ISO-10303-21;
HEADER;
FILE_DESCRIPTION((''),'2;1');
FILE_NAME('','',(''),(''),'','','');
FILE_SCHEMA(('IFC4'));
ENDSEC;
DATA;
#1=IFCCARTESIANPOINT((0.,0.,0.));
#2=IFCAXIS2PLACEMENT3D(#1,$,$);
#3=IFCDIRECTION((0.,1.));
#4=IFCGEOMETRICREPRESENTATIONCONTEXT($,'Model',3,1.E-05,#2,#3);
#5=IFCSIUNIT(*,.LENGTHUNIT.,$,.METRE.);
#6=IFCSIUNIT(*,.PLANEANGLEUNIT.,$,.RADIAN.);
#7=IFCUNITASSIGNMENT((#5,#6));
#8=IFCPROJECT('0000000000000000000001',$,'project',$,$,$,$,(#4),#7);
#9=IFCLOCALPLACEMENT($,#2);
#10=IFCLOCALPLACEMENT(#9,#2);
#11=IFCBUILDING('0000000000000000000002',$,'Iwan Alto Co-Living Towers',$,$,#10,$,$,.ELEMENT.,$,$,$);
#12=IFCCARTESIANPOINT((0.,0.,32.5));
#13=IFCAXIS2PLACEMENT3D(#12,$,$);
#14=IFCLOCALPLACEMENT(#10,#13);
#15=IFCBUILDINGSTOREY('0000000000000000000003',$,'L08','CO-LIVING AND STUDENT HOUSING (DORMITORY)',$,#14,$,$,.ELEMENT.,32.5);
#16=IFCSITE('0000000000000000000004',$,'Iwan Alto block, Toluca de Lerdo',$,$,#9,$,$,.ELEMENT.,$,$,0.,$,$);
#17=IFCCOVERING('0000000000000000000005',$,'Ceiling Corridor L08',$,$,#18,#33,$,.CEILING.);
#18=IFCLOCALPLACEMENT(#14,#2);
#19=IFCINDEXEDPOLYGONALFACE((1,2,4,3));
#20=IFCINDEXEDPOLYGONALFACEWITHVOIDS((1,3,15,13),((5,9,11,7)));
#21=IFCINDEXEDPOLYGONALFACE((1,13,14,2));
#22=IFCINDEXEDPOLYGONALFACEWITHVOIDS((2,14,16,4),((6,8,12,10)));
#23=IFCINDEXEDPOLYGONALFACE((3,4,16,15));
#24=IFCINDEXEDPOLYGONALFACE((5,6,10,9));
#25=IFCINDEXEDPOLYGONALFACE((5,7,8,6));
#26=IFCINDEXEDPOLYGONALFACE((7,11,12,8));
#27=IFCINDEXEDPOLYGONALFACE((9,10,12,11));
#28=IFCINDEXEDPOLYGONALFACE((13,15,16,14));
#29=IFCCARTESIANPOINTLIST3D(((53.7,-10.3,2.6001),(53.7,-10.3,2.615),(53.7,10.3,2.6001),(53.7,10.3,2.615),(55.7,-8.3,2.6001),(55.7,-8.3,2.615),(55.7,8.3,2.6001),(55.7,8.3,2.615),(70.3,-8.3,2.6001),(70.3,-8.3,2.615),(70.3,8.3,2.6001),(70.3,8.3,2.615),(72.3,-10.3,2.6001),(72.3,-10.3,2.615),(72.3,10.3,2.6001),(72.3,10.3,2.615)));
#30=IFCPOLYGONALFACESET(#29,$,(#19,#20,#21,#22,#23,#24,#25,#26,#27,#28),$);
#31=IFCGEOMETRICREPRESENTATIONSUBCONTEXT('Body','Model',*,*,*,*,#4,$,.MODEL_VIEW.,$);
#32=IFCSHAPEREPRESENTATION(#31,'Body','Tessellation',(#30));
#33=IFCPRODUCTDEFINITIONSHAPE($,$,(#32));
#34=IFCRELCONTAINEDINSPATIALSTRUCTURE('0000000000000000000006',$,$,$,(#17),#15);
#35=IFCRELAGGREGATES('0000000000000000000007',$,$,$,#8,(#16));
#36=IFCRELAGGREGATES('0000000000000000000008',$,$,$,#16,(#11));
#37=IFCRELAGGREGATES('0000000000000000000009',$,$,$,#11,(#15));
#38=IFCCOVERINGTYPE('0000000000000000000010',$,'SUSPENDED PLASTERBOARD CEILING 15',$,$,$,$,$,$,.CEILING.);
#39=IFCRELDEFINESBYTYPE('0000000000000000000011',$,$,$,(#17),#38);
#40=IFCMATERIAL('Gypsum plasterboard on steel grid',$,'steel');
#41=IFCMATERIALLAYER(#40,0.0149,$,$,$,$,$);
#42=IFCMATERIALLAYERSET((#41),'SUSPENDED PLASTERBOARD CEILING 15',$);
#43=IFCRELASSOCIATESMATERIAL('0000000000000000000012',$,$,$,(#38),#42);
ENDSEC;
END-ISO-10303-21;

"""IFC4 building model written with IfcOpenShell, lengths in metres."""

from ifc_helpers import new_model, si_unit, direction, frame, origin, place, context, subcontext, project, spatial, polyline, outline, extrude, material, layer, layer_set, type_object, element, save


model = new_model("IFC4")

# Units and contexts
model_context = context("Model", 3, precision=1e-05, world=origin(), true_north=direction((0.0, 1.0)))
body_context = subcontext(model_context, "Body", "Model", "MODEL_VIEW")
ifc_project = project(units=[si_unit("LENGTHUNIT", "METRE"), si_unit("PLANEANGLEUNIT", "RADIAN")], contexts=[model_context])

# Site, building, storey
site_placement = place(None, origin())
site = spatial("IfcSite", under=ifc_project, at=site_placement, Name="Iwan Alto block, Toluca de Lerdo", CompositionType="ELEMENT", RefElevation=0.0)
building_placement = place(site_placement, origin())
building = spatial("IfcBuilding", under=site, at=building_placement, Name="Iwan Alto Co-Living Towers", CompositionType="ELEMENT")
storey_placement = place(building_placement, frame((0.0, 0.0, 32.5)))
storey = spatial("IfcBuildingStorey", under=building, at=storey_placement, Name="L08", Description="CO-LIVING AND STUDENT HOUSING (DORMITORY)", CompositionType="ELEMENT", Elevation=32.5)

# Covering
ifc_material_1 = material(Name="Gypsum plasterboard on steel grid", Category="steel")
ifc_layer_1 = layer(ifc_material_1, 0.0149)
ifc_layer_set_1 = layer_set([ifc_layer_1], Name="SUSPENDED PLASTERBOARD CEILING 15")
covering_type_1 = type_object("IfcCoveringType", Name="SUSPENDED PLASTERBOARD CEILING 15", PredefinedType="CEILING", material=ifc_layer_set_1)
covering_1_placement = place(storey_placement, frame((0.0, 0.0, 2.6001)))
element("IfcCovering", 1, at=covering_1_placement, inside=storey, type_object=covering_type_1, Name="Ceiling Corridor L08", PredefinedType="CEILING", context=body_context, shape_type="SweptSolid", body=[
    extrude(outline(polyline([(53.7, 10.3), (72.3, 10.3), (72.3, -10.3), (53.7, -10.3), (53.7, 10.3)]), holes=[polyline([(55.7, 8.3), (55.7, -8.3), (70.3, -8.3), (70.3, 8.3), (55.7, 8.3)])]), origin(), (0.0, 0.0, 1.0), 0.0149),
])

save(model, "model.ifc")
